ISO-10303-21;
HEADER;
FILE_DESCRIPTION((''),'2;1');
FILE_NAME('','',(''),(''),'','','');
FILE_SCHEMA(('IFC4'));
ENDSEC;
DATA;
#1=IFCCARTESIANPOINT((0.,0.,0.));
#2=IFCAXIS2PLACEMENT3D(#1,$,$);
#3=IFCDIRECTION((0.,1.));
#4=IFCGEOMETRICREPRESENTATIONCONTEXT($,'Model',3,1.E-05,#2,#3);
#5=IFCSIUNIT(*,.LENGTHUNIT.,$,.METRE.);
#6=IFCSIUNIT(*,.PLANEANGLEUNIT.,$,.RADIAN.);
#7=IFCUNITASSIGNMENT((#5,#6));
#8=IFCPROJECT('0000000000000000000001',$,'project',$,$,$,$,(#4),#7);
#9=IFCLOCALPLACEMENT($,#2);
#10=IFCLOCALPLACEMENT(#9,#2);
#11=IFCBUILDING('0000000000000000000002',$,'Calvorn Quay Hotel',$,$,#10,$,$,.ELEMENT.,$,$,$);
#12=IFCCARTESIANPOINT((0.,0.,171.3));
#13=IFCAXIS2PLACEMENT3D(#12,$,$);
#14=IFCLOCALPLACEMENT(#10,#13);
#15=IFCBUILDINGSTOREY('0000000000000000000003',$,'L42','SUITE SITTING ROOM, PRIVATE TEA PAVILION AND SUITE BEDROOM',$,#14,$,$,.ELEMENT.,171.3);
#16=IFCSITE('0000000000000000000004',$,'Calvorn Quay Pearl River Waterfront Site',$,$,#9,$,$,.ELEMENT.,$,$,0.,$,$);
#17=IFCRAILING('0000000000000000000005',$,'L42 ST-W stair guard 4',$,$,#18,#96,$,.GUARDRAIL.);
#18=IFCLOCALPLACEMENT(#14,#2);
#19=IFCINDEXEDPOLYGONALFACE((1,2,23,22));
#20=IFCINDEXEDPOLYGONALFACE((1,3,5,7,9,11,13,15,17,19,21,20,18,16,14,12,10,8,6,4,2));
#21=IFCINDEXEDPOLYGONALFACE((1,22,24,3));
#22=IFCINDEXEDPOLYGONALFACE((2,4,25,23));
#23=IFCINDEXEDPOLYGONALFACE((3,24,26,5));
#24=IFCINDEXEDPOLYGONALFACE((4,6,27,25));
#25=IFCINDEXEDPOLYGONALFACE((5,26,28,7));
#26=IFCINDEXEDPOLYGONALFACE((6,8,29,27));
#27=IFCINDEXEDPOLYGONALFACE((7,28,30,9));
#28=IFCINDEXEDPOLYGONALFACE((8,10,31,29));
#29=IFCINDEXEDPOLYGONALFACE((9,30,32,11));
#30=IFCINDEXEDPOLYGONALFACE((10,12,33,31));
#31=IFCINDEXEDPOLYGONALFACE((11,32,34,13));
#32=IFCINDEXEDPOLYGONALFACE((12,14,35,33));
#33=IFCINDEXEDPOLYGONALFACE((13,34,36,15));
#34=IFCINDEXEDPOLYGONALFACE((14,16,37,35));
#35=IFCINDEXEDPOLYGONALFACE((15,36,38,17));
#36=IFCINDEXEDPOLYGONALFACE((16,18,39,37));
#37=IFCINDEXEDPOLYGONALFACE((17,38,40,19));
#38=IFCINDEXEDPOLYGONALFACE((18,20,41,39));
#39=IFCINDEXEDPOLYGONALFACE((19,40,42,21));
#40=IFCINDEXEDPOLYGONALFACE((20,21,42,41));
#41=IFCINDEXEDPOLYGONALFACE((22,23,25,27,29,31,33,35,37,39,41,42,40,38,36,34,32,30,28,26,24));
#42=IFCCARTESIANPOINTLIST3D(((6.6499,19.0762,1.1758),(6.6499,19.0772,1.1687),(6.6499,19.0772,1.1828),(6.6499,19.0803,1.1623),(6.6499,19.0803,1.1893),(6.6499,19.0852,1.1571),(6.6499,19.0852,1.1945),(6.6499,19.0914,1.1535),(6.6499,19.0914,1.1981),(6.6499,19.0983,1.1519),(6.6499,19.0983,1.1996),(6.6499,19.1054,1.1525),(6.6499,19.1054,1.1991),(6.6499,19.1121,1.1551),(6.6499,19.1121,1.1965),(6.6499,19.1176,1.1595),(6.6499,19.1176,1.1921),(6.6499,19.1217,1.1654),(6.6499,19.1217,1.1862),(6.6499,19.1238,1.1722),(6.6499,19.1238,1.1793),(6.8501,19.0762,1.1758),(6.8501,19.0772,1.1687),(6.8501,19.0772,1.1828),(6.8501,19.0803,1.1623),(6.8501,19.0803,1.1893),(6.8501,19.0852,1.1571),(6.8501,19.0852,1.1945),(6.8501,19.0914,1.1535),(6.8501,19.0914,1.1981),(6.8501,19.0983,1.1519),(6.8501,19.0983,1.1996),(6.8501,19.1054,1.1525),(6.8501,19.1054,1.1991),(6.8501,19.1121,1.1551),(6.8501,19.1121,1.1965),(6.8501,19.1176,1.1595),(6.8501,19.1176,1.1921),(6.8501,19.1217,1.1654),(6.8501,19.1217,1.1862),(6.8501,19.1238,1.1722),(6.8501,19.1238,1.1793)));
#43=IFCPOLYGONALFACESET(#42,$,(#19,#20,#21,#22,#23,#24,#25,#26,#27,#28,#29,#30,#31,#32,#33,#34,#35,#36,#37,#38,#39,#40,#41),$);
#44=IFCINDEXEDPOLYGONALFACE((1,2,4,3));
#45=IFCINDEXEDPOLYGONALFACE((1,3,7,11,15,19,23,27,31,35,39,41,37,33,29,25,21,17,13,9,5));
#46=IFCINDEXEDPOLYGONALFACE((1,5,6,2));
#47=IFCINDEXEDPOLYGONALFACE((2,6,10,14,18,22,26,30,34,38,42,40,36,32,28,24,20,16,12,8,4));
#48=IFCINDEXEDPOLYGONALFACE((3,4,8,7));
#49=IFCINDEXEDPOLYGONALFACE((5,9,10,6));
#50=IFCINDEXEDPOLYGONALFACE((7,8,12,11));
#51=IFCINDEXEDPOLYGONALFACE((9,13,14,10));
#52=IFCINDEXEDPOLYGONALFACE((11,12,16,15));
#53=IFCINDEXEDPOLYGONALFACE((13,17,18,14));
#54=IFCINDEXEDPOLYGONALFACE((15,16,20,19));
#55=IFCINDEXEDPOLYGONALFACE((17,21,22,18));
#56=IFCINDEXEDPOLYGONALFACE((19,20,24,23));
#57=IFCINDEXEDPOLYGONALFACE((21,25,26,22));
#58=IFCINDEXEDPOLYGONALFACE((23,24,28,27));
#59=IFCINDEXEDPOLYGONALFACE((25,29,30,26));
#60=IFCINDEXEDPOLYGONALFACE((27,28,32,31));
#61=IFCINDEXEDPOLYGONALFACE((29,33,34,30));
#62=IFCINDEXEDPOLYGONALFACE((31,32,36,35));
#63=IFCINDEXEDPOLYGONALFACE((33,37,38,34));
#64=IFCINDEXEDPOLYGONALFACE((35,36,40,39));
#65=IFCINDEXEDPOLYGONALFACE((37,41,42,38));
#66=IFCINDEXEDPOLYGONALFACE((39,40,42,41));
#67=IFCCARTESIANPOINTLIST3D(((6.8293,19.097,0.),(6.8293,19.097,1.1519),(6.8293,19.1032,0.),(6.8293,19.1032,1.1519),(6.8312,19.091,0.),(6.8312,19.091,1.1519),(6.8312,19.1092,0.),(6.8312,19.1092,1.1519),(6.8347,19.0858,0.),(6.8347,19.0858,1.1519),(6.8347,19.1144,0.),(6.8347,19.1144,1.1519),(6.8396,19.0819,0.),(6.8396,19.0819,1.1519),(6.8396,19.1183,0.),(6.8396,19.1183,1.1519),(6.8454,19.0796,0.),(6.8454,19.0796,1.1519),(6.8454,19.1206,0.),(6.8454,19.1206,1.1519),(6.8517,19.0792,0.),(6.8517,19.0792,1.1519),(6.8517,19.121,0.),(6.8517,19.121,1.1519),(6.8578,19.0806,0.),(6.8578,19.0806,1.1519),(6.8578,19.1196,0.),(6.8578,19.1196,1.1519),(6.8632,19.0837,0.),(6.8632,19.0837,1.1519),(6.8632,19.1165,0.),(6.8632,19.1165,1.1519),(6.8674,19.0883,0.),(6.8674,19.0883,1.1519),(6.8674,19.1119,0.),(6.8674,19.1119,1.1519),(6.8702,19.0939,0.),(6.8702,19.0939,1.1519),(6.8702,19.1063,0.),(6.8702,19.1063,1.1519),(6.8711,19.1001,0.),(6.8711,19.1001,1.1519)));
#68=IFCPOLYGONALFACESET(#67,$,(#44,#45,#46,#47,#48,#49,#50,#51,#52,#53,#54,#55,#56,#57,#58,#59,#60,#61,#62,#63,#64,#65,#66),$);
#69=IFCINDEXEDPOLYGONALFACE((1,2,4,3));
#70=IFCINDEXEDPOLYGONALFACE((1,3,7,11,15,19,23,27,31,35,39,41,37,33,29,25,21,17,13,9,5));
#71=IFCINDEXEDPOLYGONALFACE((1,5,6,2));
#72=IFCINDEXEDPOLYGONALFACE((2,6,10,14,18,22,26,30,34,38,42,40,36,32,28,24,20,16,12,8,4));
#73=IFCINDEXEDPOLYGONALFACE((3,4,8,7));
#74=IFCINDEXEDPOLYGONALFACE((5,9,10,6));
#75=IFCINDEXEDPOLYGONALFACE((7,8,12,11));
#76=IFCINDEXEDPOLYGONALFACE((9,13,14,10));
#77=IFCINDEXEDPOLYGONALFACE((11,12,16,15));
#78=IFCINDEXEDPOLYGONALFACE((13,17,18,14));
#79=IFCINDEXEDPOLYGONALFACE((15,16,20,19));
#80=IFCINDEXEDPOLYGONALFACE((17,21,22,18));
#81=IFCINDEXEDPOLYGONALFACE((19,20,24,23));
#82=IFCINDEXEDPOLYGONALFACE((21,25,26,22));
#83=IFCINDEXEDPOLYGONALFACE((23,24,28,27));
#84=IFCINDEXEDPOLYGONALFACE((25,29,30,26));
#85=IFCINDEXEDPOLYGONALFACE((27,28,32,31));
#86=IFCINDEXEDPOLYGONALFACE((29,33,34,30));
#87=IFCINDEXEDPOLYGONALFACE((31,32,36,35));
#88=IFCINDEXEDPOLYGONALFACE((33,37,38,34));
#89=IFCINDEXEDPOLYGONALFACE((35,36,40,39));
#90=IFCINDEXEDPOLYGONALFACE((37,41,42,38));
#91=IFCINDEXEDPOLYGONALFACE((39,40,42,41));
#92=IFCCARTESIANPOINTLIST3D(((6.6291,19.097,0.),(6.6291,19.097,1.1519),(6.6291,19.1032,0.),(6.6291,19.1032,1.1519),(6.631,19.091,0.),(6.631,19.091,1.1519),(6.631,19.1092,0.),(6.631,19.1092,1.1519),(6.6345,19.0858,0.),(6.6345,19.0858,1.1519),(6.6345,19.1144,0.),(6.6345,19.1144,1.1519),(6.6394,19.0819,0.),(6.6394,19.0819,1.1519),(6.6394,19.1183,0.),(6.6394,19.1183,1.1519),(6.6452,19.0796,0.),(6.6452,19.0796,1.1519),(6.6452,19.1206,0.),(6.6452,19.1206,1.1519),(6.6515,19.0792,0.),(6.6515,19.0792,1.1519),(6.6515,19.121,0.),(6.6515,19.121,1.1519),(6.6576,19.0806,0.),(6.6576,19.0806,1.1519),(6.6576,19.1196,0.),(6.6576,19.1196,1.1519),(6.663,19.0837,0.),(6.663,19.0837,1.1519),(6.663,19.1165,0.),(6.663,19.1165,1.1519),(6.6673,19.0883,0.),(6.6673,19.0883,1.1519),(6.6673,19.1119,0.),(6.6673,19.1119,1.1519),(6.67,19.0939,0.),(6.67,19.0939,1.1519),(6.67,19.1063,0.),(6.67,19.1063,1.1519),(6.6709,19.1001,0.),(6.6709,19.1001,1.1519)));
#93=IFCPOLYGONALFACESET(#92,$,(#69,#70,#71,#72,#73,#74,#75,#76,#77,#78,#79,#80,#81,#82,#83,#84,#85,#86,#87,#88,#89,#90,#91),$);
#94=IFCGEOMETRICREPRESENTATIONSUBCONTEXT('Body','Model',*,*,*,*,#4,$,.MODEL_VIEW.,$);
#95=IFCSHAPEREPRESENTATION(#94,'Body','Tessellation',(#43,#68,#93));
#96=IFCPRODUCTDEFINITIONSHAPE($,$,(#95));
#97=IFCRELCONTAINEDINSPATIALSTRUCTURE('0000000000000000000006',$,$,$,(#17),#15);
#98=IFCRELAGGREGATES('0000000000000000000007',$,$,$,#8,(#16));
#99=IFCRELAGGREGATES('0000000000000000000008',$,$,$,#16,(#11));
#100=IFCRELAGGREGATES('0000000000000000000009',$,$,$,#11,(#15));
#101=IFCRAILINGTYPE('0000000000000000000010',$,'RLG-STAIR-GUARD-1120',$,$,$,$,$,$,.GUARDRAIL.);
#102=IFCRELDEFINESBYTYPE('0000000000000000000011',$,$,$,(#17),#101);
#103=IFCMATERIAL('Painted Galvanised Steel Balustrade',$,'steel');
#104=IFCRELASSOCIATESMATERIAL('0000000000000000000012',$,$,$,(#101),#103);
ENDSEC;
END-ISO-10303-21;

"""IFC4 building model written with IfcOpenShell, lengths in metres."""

from ifc_helpers import new_model, si_unit, direction, frame, origin, origin_2d, place, context, subcontext, project, spatial, circle, extrude, material, type_object, element, save


model = new_model("IFC4")

# Units and contexts
model_context = context("Model", 3, precision=1e-05, world=origin(), true_north=direction((0.0, 1.0)))
body_context = subcontext(model_context, "Body", "Model", "MODEL_VIEW")
ifc_project = project(units=[si_unit("LENGTHUNIT", "METRE"), si_unit("PLANEANGLEUNIT", "RADIAN")], contexts=[model_context])

# Site, building, storey
site_placement = place(None, origin())
site = spatial("IfcSite", under=ifc_project, at=site_placement, Name="Calvorn Quay Pearl River Waterfront Site", CompositionType="ELEMENT", RefElevation=0.0)
building_placement = place(site_placement, origin())
building = spatial("IfcBuilding", under=site, at=building_placement, Name="Calvorn Quay Hotel", CompositionType="ELEMENT")
storey_placement = place(building_placement, frame((0.0, 0.0, 171.3)))
storey = spatial("IfcBuildingStorey", under=building, at=storey_placement, Name="L42", Description="SUITE SITTING ROOM, PRIVATE TEA PAVILION AND SUITE BEDROOM", CompositionType="ELEMENT", Elevation=171.3)

# Railing
ifc_material_1 = material(Name="Painted Galvanised Steel Balustrade", Category="steel")
railing_type_1 = type_object("IfcRailingType", Name="RLG-STAIR-GUARD-1120", PredefinedType="GUARDRAIL", material=ifc_material_1)
railing_1_placement = place(storey_placement, frame((6.8501, 19.1001, 0.0)))
element("IfcRailing", 1, at=railing_1_placement, inside=storey, type_object=railing_type_1, Name="L42 ST-W stair guard 4", PredefinedType="GUARDRAIL", context=body_context, shape_type="SweptSolid", body=[
    extrude(circle(Radius=0.0239, at=origin_2d()), frame((0.0, 0.0, 1.1758), z_axis=(-1.0, 0.0, 0.0), x_axis=(0.0, -1.0, 0.0)), (0.0, 0.0, 1.0), 0.2002),
    extrude(circle(Radius=0.021, at=origin_2d()), origin(), (0.0, 0.0, 1.0), 1.1519),
    extrude(circle(Radius=0.021, at=origin_2d()), frame((-0.2002, 0.0, 0.0)), (0.0, 0.0, 1.0), 1.1519),
])

save(model, "model.ifc")
